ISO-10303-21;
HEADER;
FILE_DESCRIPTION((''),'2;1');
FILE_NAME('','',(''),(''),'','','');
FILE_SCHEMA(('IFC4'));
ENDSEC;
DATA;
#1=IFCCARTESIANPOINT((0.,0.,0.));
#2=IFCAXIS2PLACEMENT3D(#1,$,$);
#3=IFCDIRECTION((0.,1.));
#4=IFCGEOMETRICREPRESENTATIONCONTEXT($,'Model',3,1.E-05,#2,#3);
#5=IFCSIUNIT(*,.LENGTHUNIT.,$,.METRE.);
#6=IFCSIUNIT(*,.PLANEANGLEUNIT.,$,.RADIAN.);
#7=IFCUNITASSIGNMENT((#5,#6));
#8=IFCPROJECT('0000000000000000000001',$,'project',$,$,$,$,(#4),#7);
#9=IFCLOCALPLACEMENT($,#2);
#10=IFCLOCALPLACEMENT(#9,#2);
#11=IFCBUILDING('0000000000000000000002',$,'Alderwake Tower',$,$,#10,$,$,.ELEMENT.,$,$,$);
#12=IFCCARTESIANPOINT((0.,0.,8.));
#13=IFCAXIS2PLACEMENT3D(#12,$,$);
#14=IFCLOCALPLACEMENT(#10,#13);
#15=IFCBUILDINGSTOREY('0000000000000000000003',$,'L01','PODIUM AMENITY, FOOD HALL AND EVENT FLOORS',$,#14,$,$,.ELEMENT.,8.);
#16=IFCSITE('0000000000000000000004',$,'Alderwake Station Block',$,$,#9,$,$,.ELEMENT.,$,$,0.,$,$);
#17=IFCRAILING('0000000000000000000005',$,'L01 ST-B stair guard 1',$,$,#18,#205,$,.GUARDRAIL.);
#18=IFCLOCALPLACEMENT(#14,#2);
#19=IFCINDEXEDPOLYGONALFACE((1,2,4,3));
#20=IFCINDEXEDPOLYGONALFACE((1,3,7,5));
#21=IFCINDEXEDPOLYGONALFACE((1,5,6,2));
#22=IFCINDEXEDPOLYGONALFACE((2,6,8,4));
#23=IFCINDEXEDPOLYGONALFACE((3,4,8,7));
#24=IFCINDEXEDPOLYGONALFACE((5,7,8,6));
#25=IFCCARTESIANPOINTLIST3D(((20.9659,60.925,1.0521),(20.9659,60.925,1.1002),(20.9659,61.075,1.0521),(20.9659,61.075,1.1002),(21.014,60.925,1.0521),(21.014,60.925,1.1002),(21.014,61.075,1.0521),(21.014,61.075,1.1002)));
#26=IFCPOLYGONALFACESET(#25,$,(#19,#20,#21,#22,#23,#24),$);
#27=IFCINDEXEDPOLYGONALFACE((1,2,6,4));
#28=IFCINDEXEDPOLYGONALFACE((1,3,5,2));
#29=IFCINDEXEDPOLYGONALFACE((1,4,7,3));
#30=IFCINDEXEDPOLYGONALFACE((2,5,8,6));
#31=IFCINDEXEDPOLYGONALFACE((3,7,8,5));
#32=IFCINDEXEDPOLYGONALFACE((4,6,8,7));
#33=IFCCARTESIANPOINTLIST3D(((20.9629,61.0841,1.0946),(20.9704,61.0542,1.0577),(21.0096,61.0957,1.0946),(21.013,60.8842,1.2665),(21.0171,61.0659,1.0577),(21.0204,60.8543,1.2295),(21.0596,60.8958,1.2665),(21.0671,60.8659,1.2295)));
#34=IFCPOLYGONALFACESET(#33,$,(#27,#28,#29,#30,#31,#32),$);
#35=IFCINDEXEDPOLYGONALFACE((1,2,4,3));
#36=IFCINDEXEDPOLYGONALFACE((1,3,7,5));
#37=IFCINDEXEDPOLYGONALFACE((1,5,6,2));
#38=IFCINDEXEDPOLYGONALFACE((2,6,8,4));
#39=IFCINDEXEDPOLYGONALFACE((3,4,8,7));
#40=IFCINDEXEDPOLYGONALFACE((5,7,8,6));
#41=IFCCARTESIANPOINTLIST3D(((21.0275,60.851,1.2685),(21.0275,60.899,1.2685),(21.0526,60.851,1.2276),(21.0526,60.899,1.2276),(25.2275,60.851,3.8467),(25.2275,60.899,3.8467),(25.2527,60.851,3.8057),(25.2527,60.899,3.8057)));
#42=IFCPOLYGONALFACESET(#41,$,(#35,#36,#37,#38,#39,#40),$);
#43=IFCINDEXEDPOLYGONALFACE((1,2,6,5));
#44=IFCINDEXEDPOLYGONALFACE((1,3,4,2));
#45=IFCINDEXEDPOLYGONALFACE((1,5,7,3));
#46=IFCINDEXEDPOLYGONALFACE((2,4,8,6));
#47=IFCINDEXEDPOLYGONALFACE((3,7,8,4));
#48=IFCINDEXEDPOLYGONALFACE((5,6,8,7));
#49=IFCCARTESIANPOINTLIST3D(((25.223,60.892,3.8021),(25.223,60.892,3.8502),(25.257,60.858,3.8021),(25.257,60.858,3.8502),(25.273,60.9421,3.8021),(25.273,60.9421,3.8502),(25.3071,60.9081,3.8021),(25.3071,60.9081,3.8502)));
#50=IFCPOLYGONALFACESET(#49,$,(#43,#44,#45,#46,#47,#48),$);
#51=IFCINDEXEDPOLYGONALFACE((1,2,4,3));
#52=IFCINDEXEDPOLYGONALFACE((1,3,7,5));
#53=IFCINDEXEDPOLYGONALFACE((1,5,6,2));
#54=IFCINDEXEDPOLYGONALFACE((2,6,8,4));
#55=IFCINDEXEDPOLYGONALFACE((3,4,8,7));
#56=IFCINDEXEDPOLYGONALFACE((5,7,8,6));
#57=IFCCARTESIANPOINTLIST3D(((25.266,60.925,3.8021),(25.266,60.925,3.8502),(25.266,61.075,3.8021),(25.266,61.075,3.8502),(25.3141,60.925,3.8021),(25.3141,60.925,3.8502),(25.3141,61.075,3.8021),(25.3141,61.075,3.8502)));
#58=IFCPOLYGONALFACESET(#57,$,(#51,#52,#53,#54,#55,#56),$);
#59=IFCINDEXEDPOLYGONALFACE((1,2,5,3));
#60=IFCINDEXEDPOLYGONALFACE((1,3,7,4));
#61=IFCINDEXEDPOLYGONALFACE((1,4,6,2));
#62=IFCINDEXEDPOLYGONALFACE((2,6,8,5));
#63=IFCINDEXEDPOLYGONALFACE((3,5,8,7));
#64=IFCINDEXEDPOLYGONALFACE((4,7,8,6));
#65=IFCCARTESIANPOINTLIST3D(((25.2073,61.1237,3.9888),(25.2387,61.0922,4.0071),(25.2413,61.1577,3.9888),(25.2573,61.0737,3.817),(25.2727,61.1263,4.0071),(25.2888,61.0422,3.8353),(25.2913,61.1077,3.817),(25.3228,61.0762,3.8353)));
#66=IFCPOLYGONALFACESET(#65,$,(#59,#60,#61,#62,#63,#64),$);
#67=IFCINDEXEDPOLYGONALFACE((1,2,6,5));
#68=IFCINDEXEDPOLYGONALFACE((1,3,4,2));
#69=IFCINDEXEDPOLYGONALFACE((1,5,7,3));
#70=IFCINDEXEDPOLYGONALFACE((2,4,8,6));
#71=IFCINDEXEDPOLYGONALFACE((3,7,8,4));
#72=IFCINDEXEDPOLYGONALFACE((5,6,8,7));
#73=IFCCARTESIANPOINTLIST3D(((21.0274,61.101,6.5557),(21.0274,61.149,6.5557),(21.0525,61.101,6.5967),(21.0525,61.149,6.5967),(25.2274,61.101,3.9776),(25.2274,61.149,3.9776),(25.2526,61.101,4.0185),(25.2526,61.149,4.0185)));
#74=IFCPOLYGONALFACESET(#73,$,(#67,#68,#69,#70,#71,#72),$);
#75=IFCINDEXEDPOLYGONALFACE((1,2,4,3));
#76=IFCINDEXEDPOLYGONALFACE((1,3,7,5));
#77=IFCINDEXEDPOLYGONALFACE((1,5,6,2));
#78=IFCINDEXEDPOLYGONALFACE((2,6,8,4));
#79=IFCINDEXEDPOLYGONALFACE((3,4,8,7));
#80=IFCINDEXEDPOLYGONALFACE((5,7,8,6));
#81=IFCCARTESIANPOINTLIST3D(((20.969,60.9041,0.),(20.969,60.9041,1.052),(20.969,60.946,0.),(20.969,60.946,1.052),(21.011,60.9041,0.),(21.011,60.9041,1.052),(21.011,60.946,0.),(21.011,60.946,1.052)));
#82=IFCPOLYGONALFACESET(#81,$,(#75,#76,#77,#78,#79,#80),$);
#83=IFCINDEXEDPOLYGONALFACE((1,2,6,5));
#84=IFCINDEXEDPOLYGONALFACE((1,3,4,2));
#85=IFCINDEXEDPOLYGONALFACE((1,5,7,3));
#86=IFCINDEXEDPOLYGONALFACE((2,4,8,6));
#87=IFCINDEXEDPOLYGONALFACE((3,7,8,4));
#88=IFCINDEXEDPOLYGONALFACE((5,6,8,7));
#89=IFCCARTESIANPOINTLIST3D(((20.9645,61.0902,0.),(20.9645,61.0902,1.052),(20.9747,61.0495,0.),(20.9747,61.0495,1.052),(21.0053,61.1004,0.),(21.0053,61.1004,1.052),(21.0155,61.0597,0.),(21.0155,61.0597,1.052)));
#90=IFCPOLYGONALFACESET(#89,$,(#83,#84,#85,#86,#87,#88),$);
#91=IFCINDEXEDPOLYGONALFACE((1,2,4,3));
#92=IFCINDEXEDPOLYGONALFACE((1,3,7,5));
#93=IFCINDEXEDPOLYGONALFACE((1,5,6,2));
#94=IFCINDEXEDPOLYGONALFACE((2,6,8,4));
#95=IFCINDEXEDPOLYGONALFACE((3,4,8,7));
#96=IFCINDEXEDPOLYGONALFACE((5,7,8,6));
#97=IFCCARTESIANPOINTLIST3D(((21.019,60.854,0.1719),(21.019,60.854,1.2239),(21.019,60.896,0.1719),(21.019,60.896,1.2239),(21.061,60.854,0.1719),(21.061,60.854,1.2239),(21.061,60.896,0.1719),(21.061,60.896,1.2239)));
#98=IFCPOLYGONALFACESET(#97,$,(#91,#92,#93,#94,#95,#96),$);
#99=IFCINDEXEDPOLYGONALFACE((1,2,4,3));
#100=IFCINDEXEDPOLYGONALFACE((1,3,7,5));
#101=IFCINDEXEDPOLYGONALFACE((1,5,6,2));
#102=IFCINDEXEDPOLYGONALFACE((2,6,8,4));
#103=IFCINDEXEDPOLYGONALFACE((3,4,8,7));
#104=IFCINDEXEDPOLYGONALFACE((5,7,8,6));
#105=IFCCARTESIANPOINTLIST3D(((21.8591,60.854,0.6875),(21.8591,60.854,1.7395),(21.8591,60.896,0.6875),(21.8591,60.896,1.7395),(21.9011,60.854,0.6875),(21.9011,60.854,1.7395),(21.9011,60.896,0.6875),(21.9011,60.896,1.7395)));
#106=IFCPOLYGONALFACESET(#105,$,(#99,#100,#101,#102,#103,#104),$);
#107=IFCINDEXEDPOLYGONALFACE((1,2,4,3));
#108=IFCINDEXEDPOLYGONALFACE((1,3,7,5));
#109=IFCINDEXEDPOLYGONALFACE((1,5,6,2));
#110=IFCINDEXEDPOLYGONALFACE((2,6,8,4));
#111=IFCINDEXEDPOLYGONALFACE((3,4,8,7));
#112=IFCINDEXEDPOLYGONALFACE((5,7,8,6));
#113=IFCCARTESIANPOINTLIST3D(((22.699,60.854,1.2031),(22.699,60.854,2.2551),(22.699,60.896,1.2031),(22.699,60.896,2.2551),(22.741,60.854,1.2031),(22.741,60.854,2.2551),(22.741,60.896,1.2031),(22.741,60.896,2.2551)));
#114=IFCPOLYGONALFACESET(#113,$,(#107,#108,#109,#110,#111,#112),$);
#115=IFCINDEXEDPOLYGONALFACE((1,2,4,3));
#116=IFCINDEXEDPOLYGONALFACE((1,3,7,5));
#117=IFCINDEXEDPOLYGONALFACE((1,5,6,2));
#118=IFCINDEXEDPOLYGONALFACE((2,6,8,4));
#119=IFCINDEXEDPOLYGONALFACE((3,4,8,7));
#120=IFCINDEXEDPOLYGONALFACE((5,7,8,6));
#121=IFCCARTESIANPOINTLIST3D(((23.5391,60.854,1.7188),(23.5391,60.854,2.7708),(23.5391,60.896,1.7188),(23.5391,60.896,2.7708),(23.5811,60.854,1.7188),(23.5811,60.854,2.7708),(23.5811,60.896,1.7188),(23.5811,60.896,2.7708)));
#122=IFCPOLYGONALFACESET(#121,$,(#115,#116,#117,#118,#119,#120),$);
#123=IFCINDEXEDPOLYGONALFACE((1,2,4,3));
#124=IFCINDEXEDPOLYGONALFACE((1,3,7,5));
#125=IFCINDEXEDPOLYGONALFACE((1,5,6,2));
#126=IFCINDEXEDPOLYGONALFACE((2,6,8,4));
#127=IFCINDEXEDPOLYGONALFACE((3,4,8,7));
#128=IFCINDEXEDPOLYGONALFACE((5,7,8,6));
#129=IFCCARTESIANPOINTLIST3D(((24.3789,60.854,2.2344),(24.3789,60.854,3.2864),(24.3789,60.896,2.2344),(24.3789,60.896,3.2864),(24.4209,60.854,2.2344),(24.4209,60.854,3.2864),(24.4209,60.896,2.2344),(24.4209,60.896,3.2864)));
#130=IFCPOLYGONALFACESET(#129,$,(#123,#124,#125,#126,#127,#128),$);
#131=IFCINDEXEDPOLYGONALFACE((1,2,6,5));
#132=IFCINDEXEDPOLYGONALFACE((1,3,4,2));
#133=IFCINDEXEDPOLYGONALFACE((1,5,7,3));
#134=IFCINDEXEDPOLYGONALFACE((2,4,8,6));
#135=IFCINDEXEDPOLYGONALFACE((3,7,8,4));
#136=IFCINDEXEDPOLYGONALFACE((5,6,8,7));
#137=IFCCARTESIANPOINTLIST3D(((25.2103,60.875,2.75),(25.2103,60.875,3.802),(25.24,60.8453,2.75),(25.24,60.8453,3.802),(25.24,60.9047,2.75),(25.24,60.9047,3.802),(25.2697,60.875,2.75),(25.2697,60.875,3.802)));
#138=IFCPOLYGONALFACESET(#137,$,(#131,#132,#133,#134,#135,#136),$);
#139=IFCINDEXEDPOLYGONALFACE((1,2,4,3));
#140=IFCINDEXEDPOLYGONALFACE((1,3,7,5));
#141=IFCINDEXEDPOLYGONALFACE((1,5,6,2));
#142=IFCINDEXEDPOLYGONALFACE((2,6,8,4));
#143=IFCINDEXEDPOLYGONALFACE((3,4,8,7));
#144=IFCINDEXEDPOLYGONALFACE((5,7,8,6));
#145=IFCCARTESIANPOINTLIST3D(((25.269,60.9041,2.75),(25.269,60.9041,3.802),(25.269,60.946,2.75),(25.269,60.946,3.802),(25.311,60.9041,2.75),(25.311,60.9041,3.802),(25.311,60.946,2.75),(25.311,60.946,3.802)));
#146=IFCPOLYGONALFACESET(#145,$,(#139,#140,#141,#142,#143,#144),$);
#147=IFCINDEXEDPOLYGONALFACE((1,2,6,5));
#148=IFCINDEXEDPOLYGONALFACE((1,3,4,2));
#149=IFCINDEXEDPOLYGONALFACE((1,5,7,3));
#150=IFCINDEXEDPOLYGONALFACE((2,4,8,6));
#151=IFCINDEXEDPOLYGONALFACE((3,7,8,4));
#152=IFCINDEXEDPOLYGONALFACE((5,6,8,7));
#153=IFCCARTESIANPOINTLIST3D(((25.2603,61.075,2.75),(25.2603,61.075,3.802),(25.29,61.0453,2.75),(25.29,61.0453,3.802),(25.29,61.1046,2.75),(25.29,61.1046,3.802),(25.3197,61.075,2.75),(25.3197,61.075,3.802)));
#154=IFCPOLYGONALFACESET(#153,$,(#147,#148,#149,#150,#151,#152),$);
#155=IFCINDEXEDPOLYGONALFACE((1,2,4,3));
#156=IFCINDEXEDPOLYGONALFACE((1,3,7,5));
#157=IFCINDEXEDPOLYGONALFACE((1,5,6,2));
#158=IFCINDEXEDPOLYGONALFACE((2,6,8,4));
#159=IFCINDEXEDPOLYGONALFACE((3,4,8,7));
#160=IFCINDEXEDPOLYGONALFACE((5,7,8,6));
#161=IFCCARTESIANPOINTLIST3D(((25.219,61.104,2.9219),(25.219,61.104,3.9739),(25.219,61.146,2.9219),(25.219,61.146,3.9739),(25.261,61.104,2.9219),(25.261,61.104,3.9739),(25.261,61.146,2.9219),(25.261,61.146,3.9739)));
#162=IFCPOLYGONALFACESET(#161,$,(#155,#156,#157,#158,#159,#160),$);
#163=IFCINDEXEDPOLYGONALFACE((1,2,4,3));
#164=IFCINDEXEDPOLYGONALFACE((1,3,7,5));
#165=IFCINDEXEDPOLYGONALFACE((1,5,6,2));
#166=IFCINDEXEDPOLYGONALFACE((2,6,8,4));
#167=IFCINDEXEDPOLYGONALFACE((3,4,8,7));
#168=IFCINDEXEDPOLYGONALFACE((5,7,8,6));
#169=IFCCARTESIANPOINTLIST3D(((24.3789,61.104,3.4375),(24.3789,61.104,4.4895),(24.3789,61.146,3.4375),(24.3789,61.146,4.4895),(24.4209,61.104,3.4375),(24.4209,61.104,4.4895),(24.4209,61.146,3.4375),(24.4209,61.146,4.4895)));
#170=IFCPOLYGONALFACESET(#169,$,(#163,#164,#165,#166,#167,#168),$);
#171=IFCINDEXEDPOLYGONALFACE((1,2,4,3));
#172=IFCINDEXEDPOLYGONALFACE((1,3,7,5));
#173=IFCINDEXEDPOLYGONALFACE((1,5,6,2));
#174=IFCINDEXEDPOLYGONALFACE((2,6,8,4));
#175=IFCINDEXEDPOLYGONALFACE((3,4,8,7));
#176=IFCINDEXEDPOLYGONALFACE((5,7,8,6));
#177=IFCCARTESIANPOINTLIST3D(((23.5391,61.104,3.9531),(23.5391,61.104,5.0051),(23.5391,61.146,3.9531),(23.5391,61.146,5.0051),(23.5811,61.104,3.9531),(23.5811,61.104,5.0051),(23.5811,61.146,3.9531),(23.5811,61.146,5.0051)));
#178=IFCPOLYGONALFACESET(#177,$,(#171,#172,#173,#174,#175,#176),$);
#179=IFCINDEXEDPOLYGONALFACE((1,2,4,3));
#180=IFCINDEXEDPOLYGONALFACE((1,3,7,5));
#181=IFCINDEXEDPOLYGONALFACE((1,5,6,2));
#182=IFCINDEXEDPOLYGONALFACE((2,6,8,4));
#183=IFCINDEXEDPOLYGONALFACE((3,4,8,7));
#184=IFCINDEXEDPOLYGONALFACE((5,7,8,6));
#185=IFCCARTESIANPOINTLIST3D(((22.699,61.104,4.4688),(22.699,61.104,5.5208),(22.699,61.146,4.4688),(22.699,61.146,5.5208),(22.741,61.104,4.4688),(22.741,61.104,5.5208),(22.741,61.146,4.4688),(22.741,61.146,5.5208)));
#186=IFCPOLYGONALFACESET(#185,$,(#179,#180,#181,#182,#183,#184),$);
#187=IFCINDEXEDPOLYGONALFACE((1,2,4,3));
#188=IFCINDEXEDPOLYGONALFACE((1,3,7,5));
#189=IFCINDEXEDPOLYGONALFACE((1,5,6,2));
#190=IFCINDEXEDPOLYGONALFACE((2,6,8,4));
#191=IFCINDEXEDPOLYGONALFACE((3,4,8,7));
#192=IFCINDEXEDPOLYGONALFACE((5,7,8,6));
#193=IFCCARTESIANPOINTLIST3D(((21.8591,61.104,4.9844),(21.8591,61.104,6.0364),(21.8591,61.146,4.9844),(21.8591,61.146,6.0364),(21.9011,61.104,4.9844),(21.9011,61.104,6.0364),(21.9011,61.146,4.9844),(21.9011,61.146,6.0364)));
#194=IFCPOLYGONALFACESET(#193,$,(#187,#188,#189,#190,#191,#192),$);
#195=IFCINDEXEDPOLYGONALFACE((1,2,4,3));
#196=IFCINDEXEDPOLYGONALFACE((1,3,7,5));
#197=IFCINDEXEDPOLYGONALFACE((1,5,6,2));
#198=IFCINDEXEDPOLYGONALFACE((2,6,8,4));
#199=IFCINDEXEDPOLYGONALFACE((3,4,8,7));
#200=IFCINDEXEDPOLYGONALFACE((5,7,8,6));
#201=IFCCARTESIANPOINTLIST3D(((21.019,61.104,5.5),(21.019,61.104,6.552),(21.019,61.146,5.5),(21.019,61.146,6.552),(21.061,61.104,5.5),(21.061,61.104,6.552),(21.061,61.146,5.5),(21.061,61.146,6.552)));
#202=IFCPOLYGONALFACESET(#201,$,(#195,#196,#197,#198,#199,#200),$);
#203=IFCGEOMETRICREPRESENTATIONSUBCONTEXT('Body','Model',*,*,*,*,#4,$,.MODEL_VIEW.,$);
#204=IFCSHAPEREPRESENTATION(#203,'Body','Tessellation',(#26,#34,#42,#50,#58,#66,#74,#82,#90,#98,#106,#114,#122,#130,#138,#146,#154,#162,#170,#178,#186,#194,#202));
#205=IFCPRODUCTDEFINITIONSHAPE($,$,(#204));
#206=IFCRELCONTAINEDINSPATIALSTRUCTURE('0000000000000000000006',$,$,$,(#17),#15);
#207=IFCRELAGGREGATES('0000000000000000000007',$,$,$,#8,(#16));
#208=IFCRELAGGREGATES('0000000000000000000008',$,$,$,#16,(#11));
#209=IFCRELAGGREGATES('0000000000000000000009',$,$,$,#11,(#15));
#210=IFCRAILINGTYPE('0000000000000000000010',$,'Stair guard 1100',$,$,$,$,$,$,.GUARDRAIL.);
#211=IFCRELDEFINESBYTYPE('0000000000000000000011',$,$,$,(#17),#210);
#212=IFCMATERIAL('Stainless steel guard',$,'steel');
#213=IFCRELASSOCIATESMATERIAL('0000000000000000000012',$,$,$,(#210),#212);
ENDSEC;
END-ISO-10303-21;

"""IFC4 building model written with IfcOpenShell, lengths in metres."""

from ifc_helpers import new_model, si_unit, direction, frame, origin, origin_2d, place, context, subcontext, project, spatial, rectangle, extrude, material, type_object, element, save


model = new_model("IFC4")

# Units and contexts
model_context = context("Model", 3, precision=1e-05, world=origin(), true_north=direction((0.0, 1.0)))
body_context = subcontext(model_context, "Body", "Model", "MODEL_VIEW")
ifc_project = project(units=[si_unit("LENGTHUNIT", "METRE"), si_unit("PLANEANGLEUNIT", "RADIAN")], contexts=[model_context])

# Site, building, storey
site_placement = place(None, origin())
site = spatial("IfcSite", under=ifc_project, at=site_placement, Name="Alderwake Station Block", CompositionType="ELEMENT", RefElevation=0.0)
building_placement = place(site_placement, origin())
building = spatial("IfcBuilding", under=site, at=building_placement, Name="Alderwake Tower", CompositionType="ELEMENT")
storey_placement = place(building_placement, frame((0.0, 0.0, 8.0)))
storey = spatial("IfcBuildingStorey", under=building, at=storey_placement, Name="L01", Description="PODIUM AMENITY, FOOD HALL AND EVENT FLOORS", CompositionType="ELEMENT", Elevation=8.0)

# Railing
ifc_material_1 = material(Name="Stainless steel guard", Category="steel")
railing_type_1 = type_object("IfcRailingType", Name="Stair guard 1100", PredefinedType="GUARDRAIL", material=ifc_material_1)
railing_1_placement = place(storey_placement, frame((20.99, 60.925, 0.0)))
element("IfcRailing", 1, at=railing_1_placement, inside=storey, type_object=railing_type_1, Name="L01 ST-B stair guard 1", PredefinedType="GUARDRAIL", context=body_context, shape_type="SweptSolid", body=[
    extrude(rectangle(XDim=0.0481, YDim=0.0481, at=origin_2d()), frame((0.0, 0.0, 1.0762), z_axis=(0.0, 1.0, 0.0), x_axis=(-1.0, 0.0, 0.0)), (0.0, 0.0, 1.0), 0.1499),
    extrude(rectangle(XDim=0.0481, YDim=0.0481, at=origin_2d()), frame((0.0, 0.1499, 1.0762), z_axis=(0.186487, -0.745038, 0.640423), x_axis=(0.970073, 0.242814, 0.0)), (0.0, 0.0, 1.0), 0.2683),
    extrude(rectangle(XDim=0.0481, YDim=0.0481, at=origin_2d()), frame((0.05, -0.05, 1.248), z_axis=(0.852243, 0.0, 0.523146), x_axis=(0.0, 1.0, 0.0)), (0.0, 0.0, 1.0), 4.9282),
    extrude(rectangle(XDim=0.0481, YDim=0.0481, at=origin_2d()), frame((4.25, -0.05, 3.8262), z_axis=(0.707107, 0.707107, 0.0), x_axis=(-0.707107, 0.707107, 0.0)), (0.0, 0.0, 1.0), 0.0708),
    extrude(rectangle(XDim=0.0481, YDim=0.0481, at=origin_2d()), frame((4.3, 0.0, 3.8262), z_axis=(0.0, 1.0, 0.0), x_axis=(-1.0, 0.0, 0.0)), (0.0, 0.0, 1.0), 0.1499),
    extrude(rectangle(XDim=0.0481, YDim=0.0481, at=origin_2d()), frame((4.3, 0.1499, 3.8262), z_axis=(-0.269256, 0.269256, 0.924664), x_axis=(-0.707107, -0.707107, 0.0)), (0.0, 0.0, 1.0), 0.1858),
    extrude(rectangle(XDim=0.0481, YDim=0.0481, at=origin_2d()), frame((4.25, 0.2, 3.998), z_axis=(-0.852243, 0.0, 0.523146), x_axis=(0.0, -1.0, 0.0)), (0.0, 0.0, 1.0), 4.9282),
    extrude(rectangle(XDim=0.042, YDim=0.042, at=origin_2d()), frame((0.0, 0.0, 0.0), z_axis=(0.0, 0.0, 1.0), x_axis=(0.0, 1.0, 0.0)), (0.0, 0.0, 1.0), 1.052),
    extrude(rectangle(XDim=0.042, YDim=0.042, at=origin_2d()), frame((0.0, 0.1499, 0.0), z_axis=(0.0, 0.0, 1.0), x_axis=(0.242814, -0.970073, 0.0)), (0.0, 0.0, 1.0), 1.052),
    extrude(rectangle(XDim=0.042, YDim=0.042, at=origin_2d()), frame((0.05, -0.05, 0.1719), z_axis=(0.0, 0.0, 1.0), x_axis=(1.0, 0.0, 0.0)), (0.0, 0.0, 1.0), 1.052),
    extrude(rectangle(XDim=0.042, YDim=0.042, at=origin_2d()), frame((0.8901, -0.05, 0.6875), z_axis=(0.0, 0.0, 1.0), x_axis=(1.0, 0.0, 0.0)), (0.0, 0.0, 1.0), 1.052),
    extrude(rectangle(XDim=0.042, YDim=0.042, at=origin_2d()), frame((1.73, -0.05, 1.2031), z_axis=(0.0, 0.0, 1.0), x_axis=(1.0, 0.0, 0.0)), (0.0, 0.0, 1.0), 1.052),
    extrude(rectangle(XDim=0.042, YDim=0.042, at=origin_2d()), frame((2.5701, -0.05, 1.7188), z_axis=(0.0, 0.0, 1.0), x_axis=(1.0, 0.0, 0.0)), (0.0, 0.0, 1.0), 1.052),
    extrude(rectangle(XDim=0.042, YDim=0.042, at=origin_2d()), frame((3.4099, -0.05, 2.2344), z_axis=(0.0, 0.0, 1.0), x_axis=(1.0, 0.0, 0.0)), (0.0, 0.0, 1.0), 1.052),
    extrude(rectangle(XDim=0.042, YDim=0.042, at=origin_2d()), frame((4.25, -0.05, 2.75), z_axis=(0.0, 0.0, 1.0), x_axis=(0.707107, 0.707107, 0.0)), (0.0, 0.0, 1.0), 1.052),
    extrude(rectangle(XDim=0.042, YDim=0.042, at=origin_2d()), frame((4.3, 0.0, 2.75), z_axis=(0.0, 0.0, 1.0), x_axis=(0.0, 1.0, 0.0)), (0.0, 0.0, 1.0), 1.052),
    extrude(rectangle(XDim=0.042, YDim=0.042, at=origin_2d()), frame((4.3, 0.1499, 2.75), z_axis=(0.0, 0.0, 1.0), x_axis=(-0.707107, 0.707107, 0.0)), (0.0, 0.0, 1.0), 1.052),
    extrude(rectangle(XDim=0.042, YDim=0.042, at=origin_2d()), frame((4.25, 0.2, 2.9219), z_axis=(0.0, 0.0, 1.0), x_axis=(-1.0, 0.0, 0.0)), (0.0, 0.0, 1.0), 1.052),
    extrude(rectangle(XDim=0.042, YDim=0.042, at=origin_2d()), frame((3.4099, 0.2, 3.4375), z_axis=(0.0, 0.0, 1.0), x_axis=(-1.0, 0.0, 0.0)), (0.0, 0.0, 1.0), 1.052),
    extrude(rectangle(XDim=0.042, YDim=0.042, at=origin_2d()), frame((2.5701, 0.2, 3.9531), z_axis=(0.0, 0.0, 1.0), x_axis=(-1.0, 0.0, 0.0)), (0.0, 0.0, 1.0), 1.052),
    extrude(rectangle(XDim=0.042, YDim=0.042, at=origin_2d()), frame((1.73, 0.2, 4.4688), z_axis=(0.0, 0.0, 1.0), x_axis=(-1.0, 0.0, 0.0)), (0.0, 0.0, 1.0), 1.052),
    extrude(rectangle(XDim=0.042, YDim=0.042, at=origin_2d()), frame((0.8901, 0.2, 4.9844), z_axis=(0.0, 0.0, 1.0), x_axis=(-1.0, 0.0, 0.0)), (0.0, 0.0, 1.0), 1.052),
    extrude(rectangle(XDim=0.042, YDim=0.042, at=origin_2d()), frame((0.05, 0.2, 5.5), z_axis=(0.0, 0.0, 1.0), x_axis=(-1.0, 0.0, 0.0)), (0.0, 0.0, 1.0), 1.052),
])

save(model, "model.ifc")
